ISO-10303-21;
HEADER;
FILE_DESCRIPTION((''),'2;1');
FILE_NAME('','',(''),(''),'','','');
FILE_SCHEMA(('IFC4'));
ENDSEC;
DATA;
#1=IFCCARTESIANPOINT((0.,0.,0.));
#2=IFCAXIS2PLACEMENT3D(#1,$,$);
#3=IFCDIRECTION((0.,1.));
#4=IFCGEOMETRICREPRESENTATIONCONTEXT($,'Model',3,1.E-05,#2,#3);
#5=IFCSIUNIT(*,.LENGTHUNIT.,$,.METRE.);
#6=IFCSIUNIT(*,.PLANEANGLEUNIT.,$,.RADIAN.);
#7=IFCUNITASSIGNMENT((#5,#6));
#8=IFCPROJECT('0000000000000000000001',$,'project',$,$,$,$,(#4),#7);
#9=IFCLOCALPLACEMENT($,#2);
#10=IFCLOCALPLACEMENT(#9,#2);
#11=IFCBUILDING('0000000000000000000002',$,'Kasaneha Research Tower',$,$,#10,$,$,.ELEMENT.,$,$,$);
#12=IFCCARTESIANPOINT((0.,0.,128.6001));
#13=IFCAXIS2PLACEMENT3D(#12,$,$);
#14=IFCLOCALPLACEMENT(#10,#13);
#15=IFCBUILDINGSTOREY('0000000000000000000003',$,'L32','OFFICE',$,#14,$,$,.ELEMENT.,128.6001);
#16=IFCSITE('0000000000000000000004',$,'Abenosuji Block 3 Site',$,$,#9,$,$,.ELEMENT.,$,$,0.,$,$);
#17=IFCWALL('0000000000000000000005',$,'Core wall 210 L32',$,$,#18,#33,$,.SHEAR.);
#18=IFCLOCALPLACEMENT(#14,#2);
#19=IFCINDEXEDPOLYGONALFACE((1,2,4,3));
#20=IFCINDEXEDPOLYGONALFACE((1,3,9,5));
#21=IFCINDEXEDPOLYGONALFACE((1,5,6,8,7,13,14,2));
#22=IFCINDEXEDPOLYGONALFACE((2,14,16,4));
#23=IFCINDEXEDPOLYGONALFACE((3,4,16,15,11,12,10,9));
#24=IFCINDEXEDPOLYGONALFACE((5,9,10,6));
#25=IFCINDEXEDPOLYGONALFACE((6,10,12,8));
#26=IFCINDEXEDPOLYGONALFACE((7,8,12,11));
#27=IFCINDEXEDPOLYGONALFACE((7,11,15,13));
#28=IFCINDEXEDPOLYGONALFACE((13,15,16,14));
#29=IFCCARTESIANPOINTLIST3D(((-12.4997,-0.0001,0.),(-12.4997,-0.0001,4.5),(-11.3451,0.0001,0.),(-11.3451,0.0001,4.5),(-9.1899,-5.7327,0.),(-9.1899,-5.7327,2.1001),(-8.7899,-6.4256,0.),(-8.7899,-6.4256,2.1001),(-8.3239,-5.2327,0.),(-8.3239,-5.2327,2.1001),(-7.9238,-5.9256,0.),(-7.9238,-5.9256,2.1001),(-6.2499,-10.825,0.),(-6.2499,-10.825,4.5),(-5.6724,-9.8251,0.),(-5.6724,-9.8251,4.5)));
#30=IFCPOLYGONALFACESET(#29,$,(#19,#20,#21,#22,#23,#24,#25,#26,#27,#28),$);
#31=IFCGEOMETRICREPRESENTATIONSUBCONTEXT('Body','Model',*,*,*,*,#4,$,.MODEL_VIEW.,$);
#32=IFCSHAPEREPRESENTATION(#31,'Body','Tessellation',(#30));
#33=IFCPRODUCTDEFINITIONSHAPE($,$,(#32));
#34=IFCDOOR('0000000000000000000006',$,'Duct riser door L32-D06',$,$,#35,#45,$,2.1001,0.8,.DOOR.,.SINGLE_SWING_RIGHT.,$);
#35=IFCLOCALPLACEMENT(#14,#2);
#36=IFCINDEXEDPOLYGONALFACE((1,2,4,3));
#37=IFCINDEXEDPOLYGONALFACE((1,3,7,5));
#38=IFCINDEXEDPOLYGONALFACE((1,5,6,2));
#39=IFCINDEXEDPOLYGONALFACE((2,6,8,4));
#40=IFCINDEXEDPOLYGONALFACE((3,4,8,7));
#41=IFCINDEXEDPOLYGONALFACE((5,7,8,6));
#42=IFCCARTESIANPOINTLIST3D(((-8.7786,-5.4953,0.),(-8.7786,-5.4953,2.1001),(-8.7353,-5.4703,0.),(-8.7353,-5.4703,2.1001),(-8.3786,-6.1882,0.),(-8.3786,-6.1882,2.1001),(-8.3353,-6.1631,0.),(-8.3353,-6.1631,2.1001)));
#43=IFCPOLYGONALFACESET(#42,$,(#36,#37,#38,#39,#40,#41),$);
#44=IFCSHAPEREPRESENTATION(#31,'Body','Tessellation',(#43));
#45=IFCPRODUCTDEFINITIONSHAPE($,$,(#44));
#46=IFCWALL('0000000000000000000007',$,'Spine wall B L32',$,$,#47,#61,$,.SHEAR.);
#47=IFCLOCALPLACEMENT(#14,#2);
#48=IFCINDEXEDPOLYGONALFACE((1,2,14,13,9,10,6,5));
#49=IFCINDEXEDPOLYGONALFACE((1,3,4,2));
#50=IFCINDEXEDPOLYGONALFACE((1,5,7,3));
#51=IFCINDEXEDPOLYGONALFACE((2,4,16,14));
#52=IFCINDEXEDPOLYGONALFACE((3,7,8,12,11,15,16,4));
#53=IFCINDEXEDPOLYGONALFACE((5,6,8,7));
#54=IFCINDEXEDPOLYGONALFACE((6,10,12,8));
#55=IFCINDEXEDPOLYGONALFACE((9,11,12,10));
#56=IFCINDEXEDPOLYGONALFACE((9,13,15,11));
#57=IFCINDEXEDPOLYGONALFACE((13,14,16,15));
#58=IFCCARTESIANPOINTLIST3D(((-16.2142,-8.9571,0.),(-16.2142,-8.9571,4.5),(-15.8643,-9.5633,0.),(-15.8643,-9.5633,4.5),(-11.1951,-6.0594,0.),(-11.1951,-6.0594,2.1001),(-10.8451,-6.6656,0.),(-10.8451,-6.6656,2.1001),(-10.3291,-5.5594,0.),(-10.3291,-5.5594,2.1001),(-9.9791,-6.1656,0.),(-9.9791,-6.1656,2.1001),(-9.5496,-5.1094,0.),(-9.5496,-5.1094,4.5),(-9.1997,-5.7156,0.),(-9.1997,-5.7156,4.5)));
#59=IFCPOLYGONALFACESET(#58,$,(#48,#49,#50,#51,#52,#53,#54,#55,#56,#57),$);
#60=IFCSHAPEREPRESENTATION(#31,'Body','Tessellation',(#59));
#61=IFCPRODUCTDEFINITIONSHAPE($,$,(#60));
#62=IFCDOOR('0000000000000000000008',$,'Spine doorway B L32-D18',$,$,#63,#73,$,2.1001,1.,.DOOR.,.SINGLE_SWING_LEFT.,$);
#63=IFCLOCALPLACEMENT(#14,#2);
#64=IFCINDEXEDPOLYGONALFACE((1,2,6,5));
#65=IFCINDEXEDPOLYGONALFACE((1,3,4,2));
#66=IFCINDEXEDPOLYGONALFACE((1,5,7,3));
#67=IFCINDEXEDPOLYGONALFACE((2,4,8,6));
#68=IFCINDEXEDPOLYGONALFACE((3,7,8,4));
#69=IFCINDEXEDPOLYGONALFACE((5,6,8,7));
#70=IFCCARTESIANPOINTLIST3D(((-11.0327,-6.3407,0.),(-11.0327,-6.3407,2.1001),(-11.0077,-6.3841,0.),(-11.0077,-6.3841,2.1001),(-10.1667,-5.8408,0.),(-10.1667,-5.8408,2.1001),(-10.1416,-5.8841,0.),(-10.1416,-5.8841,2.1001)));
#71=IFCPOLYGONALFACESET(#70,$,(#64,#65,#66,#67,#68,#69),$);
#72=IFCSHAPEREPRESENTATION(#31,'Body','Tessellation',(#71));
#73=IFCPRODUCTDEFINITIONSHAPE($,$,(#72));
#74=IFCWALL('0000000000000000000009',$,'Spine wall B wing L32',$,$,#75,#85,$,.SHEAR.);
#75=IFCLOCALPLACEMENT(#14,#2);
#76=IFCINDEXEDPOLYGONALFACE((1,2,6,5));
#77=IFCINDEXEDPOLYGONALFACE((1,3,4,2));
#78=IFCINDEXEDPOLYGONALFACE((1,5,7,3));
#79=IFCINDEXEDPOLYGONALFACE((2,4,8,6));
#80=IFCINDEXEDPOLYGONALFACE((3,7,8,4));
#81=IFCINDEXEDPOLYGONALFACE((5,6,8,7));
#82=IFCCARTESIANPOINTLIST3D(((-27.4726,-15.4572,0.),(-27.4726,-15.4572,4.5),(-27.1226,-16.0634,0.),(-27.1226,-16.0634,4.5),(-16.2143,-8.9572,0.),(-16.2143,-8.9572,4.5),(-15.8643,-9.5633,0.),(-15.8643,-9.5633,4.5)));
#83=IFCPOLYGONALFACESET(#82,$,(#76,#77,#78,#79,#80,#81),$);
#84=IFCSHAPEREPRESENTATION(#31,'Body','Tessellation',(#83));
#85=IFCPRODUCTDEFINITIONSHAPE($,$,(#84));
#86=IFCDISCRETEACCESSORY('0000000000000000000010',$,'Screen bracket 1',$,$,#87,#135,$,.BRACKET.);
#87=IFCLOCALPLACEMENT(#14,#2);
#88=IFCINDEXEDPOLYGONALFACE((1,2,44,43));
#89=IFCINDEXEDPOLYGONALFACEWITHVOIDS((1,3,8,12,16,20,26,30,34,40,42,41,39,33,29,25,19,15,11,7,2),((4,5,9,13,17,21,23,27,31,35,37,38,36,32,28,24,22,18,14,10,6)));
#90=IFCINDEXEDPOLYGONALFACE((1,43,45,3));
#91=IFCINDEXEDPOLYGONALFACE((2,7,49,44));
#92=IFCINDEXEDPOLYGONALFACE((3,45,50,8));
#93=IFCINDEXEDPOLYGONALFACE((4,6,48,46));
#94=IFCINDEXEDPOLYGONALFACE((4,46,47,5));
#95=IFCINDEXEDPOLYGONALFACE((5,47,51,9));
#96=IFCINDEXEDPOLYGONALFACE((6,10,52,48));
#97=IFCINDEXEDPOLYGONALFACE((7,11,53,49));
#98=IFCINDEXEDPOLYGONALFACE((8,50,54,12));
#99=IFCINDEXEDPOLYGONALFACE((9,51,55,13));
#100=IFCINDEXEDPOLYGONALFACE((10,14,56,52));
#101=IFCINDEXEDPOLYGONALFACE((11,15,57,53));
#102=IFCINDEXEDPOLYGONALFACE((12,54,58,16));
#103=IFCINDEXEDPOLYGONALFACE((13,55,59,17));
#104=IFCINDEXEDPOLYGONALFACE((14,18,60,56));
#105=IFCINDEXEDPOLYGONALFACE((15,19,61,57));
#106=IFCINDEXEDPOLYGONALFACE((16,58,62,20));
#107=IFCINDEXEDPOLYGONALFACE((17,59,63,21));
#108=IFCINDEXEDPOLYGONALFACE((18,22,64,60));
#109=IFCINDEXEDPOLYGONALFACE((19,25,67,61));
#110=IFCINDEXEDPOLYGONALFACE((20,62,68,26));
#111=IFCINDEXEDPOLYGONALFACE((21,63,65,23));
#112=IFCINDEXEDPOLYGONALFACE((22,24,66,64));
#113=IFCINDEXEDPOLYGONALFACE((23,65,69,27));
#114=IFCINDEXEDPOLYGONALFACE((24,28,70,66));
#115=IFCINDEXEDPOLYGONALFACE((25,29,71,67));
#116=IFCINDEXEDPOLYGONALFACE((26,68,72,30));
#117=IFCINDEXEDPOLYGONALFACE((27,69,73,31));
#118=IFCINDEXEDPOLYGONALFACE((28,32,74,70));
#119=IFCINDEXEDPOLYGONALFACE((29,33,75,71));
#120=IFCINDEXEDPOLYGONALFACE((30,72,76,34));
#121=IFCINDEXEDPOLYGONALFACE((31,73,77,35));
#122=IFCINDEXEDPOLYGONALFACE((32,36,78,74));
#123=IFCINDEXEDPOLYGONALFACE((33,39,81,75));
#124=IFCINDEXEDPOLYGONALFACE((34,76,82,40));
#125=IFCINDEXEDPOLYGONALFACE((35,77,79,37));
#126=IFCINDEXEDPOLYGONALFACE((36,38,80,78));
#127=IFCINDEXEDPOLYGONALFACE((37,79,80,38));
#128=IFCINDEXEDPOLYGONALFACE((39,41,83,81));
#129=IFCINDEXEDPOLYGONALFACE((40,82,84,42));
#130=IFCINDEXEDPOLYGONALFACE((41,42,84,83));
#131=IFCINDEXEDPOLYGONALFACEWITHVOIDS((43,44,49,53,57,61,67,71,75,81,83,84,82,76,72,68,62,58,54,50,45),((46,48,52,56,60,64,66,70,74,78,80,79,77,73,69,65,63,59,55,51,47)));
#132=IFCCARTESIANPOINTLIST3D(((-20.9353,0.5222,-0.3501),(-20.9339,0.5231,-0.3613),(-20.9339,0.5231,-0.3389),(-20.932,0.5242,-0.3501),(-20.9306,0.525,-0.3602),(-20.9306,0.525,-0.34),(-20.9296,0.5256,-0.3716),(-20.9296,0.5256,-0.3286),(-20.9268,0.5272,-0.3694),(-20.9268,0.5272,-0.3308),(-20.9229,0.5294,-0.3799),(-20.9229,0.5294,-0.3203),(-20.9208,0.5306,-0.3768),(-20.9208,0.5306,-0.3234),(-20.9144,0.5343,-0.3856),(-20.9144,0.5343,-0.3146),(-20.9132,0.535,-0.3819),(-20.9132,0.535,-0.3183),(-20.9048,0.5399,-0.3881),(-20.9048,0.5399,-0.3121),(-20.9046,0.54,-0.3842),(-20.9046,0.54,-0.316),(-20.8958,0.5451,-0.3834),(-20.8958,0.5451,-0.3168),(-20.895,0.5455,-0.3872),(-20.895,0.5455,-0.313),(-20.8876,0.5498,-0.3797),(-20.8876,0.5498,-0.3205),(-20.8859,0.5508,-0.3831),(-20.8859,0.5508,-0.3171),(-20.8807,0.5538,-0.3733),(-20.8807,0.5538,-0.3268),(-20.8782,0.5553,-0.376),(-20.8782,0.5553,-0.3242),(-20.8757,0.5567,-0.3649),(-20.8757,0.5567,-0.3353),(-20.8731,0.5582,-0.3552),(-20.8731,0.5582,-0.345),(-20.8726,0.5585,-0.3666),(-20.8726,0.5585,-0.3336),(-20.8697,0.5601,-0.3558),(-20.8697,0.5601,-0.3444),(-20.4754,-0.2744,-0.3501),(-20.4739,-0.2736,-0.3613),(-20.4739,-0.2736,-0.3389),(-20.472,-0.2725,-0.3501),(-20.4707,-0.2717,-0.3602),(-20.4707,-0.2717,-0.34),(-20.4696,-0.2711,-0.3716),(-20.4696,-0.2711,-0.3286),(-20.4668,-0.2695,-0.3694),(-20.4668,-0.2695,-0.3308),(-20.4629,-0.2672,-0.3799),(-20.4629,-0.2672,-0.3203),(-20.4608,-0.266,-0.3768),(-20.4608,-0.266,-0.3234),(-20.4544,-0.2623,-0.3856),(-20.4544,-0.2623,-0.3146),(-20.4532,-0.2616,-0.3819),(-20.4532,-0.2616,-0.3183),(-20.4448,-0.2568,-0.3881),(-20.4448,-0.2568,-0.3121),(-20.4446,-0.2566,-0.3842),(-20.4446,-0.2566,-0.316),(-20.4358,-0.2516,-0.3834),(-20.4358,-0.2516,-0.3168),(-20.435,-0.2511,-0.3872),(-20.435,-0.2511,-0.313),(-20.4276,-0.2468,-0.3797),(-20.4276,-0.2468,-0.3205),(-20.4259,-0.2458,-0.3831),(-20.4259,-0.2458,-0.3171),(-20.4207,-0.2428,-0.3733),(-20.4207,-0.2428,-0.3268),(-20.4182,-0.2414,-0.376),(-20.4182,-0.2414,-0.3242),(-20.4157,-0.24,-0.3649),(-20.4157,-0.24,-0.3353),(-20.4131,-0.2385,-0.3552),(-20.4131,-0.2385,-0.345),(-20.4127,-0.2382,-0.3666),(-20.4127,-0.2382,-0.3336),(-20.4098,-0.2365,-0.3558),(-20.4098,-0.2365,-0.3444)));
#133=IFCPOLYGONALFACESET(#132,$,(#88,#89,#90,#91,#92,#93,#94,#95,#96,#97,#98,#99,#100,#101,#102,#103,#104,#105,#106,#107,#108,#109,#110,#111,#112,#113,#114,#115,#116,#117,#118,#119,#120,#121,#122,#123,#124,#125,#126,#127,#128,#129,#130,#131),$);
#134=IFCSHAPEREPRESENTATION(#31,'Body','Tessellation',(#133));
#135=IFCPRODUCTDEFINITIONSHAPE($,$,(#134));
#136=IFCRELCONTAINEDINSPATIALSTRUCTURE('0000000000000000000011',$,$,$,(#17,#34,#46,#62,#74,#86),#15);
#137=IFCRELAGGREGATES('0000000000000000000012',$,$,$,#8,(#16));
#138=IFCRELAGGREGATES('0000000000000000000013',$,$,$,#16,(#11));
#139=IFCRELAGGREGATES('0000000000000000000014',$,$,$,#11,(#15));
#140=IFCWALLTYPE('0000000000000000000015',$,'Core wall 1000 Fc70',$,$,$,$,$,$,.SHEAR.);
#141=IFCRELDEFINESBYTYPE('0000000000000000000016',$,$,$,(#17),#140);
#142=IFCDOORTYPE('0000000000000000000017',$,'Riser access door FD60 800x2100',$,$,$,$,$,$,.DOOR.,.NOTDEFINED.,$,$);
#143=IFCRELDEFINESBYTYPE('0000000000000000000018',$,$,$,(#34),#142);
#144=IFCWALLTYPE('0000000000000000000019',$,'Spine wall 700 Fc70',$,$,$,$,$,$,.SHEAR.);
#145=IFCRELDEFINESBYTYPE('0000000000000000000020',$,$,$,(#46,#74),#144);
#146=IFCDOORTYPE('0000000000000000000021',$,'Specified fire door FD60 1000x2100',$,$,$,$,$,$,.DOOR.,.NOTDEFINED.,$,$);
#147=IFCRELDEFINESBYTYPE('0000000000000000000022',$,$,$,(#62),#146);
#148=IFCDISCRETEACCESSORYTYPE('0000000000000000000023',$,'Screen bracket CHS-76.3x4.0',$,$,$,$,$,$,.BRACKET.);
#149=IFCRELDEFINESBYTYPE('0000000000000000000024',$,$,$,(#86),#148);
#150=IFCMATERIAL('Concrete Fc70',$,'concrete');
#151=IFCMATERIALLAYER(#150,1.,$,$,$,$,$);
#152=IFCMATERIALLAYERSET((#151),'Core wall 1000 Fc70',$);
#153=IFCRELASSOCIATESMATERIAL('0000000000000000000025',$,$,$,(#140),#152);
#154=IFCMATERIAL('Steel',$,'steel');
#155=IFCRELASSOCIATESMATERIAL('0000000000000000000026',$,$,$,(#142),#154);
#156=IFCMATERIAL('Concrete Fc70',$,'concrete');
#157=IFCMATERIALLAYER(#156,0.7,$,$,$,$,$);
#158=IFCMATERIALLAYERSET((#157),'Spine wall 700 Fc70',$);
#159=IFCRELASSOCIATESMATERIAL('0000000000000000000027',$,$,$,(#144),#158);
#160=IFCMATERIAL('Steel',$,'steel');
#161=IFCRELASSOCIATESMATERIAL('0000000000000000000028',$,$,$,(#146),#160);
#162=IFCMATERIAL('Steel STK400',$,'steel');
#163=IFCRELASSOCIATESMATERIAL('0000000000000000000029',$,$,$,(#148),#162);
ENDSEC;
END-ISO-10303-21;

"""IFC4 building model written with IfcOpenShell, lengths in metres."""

from ifc_helpers import new_model, si_unit, direction, frame, frame_2d, origin, origin_2d, place, context, subcontext, project, spatial, polyline, rectangle, hollow_circle, outline, extrude, material, layer, layer_set, material_profile, profile_set, type_object, element, fill, save


model = new_model("IFC4")

# Units and contexts
model_context = context("Model", 3, precision=1e-05, world=origin(), true_north=direction((0.0, 1.0)))
body_context = subcontext(model_context, "Body", "Model", "MODEL_VIEW")
ifc_project = project(units=[si_unit("LENGTHUNIT", "METRE"), si_unit("PLANEANGLEUNIT", "RADIAN")], contexts=[model_context])

# Site, building, storey
site_placement = place(None, origin())
site = spatial("IfcSite", under=ifc_project, at=site_placement, Name="Abenosuji Block 3 Site", CompositionType="ELEMENT", RefElevation=0.0)
building_placement = place(site_placement, origin())
building = spatial("IfcBuilding", under=site, at=building_placement, Name="Kasaneha Research Tower", CompositionType="ELEMENT")
storey_placement = place(building_placement, frame((0.0, 0.0, 128.6001)))
storey = spatial("IfcBuildingStorey", under=building, at=storey_placement, Name="L32", Description="OFFICE", CompositionType="ELEMENT", Elevation=128.6001)

# Walls, openings, doors
ifc_material_1 = material(Name="Concrete Fc70", Category="concrete")
ifc_layer_1 = layer(ifc_material_1, 1.0)
ifc_layer_set_1 = layer_set([ifc_layer_1], Name="Core wall 1000 Fc70")
wall_type_1 = type_object("IfcWallType", Name="Core wall 1000 Fc70", PredefinedType="SHEAR", material=ifc_layer_set_1)
wall_1_placement = place(storey_placement, frame((-11.9224, 0.0, 0.0), z_axis=(0.0, 0.0, 1.0), x_axis=(0.500004, -0.866023, 0.0)))
wall_1 = element("IfcWall", 1, at=wall_1_placement, inside=storey, type_object=wall_type_1, Name="Core wall 210 L32", PredefinedType="SHEAR", context=body_context, shape_type="SweptSolid", body=[
    extrude(outline(polyline([(-0.2886, -0.5), (6.3311, -0.5), (7.1311, -0.5), (12.2109, -0.5), (11.6338, 0.5), (7.1311, 0.5), (6.3311, 0.5), (0.2886, 0.5), (-0.2886, -0.5)])), origin(), (0.0, 0.0, 1.0), 4.5),
])
opening_1_placement = place(wall_1_placement, frame((6.3311, 0.0, 0.0)))
opening_1 = element("IfcOpeningElement", 2, at=opening_1_placement, cuts=wall_1, PredefinedType="OPENING", context=body_context, shape_type="SweptSolid", body=[
    extrude(rectangle(XDim=0.8, YDim=2.1001, at=frame_2d((0.3999, 1.05))), frame((0.0, 0.51, 0.0), z_axis=(0.0, -1.0, 0.0), x_axis=(1.0, 0.0, 0.0)), (0.0, 0.0, 1.0), 1.02),
])
ifc_material_2 = material(Name="Steel", Category="steel")
door_type_1 = type_object("IfcDoorType", Name="Riser access door FD60 800x2100", OperationType="NOTDEFINED", PredefinedType="DOOR", material=ifc_material_2)
door_1_placement = place(opening_1_placement, origin())
door_1 = element("IfcDoor", 3, at=door_1_placement, inside=storey, type_object=door_type_1, Name="Duct riser door L32-D06", OperationType="SINGLE_SWING_RIGHT", OverallHeight=2.1001, OverallWidth=0.8, PredefinedType="DOOR", context=body_context, shape_type="SweptSolid", body=[
    extrude(rectangle(XDim=0.8, YDim=2.1001, at=frame_2d((0.3999, 1.05))), frame((0.0, 0.0249, 0.0), z_axis=(0.0, -1.0, 0.0), x_axis=(1.0, 0.0, 0.0)), (0.0, 0.0, 1.0), 0.05),
])
fill(opening_1, door_1)
ifc_material_3 = material(Name="Concrete Fc70", Category="concrete")
ifc_layer_2 = layer(ifc_material_3, 0.7)
ifc_layer_set_2 = layer_set([ifc_layer_2], Name="Spine wall 700 Fc70")
wall_type_2 = type_object("IfcWallType", Name="Spine wall 700 Fc70", PredefinedType="SHEAR", material=ifc_layer_set_2)
wall_2_placement = place(storey_placement, frame((-9.3748, -5.4126, 0.0), z_axis=(0.0, 0.0, 1.0), x_axis=(-0.866032, -0.499988, 0.0)))
wall_2 = element("IfcWall", 4, at=wall_2_placement, inside=storey, type_object=wall_type_2, Name="Spine wall B L32", PredefinedType="SHEAR", context=body_context, shape_type="SweptSolid", body=[
    extrude(rectangle(XDim=7.6956, YDim=0.7, at=frame_2d((3.8477, 0.0))), origin(), (0.0, 0.0, 1.0), 4.5),
])
opening_2_placement = place(wall_2_placement, frame((0.8999, 0.0, 0.0)))
opening_2 = element("IfcOpeningElement", 5, at=opening_2_placement, cuts=wall_2, PredefinedType="OPENING", context=body_context, shape_type="SweptSolid", body=[
    extrude(rectangle(XDim=1.0, YDim=2.1001, at=frame_2d((0.5, 1.05))), frame((0.0, 0.3599, 0.0), z_axis=(0.0, -1.0, 0.0), x_axis=(1.0, 0.0, 0.0)), (0.0, 0.0, 1.0), 0.72),
])
ifc_material_4 = material(Name="Steel", Category="steel")
door_type_2 = type_object("IfcDoorType", Name="Specified fire door FD60 1000x2100", OperationType="NOTDEFINED", PredefinedType="DOOR", material=ifc_material_4)
door_2_placement = place(opening_2_placement, origin())
door_2 = element("IfcDoor", 6, at=door_2_placement, inside=storey, type_object=door_type_2, Name="Spine doorway B L32-D18", OperationType="SINGLE_SWING_LEFT", OverallHeight=2.1001, OverallWidth=1.0, PredefinedType="DOOR", context=body_context, shape_type="SweptSolid", body=[
    extrude(rectangle(XDim=1.0, YDim=2.1001, at=frame_2d((0.5, 1.05))), frame((0.0, 0.0249, 0.0), z_axis=(0.0, -1.0, 0.0), x_axis=(1.0, 0.0, 0.0)), (0.0, 0.0, 1.0), 0.05),
])
fill(opening_2, door_2)

# Wall
wall_3_placement = place(storey_placement, frame((-16.0393, -9.2603, 0.0), z_axis=(0.0, 0.0, 1.0), x_axis=(-0.866025, -0.500001, 0.0)))
element("IfcWall", 7, at=wall_3_placement, inside=storey, type_object=wall_type_2, Name="Spine wall B wing L32", PredefinedType="SHEAR", context=body_context, shape_type="SweptSolid", body=[
    extrude(rectangle(XDim=13.0, YDim=0.7, at=frame_2d((6.5, 0.0))), origin(), (0.0, 0.0, 1.0), 4.5),
])

# Discrete accessory
ifc_material_5 = material(Name="Steel STK400", Category="steel")
ifc_material_profile_1 = material_profile(ifc_material_5, hollow_circle(Radius=0.0381, WallThickness=0.0039, at=origin_2d()), Name="CHS-76.3x4.0")
ifc_profile_set_1 = profile_set([ifc_material_profile_1], Name="Steel STK400")
discrete_accessory_type = type_object("IfcDiscreteAccessoryType", Name="Screen bracket CHS-76.3x4.0", PredefinedType="BRACKET", material=ifc_profile_set_1)
discrete_accessory_1_placement = place(storey_placement, frame((-20.4424, -0.2554, -0.3501), z_axis=(-0.500021, 0.866013, 0.0), x_axis=(-0.866013, -0.500021, 0.0)))
element("IfcDiscreteAccessory", 8, at=discrete_accessory_1_placement, inside=storey, type_object=discrete_accessory_type, Name="Screen bracket 1", PredefinedType="BRACKET", context=body_context, shape_type="SweptSolid", body=[
    extrude(hollow_circle(Radius=0.0381, WallThickness=0.0039, at=origin_2d()), origin(), (0.0, 0.0, 1.0), 0.9199),
])

save(model, "model.ifc")
